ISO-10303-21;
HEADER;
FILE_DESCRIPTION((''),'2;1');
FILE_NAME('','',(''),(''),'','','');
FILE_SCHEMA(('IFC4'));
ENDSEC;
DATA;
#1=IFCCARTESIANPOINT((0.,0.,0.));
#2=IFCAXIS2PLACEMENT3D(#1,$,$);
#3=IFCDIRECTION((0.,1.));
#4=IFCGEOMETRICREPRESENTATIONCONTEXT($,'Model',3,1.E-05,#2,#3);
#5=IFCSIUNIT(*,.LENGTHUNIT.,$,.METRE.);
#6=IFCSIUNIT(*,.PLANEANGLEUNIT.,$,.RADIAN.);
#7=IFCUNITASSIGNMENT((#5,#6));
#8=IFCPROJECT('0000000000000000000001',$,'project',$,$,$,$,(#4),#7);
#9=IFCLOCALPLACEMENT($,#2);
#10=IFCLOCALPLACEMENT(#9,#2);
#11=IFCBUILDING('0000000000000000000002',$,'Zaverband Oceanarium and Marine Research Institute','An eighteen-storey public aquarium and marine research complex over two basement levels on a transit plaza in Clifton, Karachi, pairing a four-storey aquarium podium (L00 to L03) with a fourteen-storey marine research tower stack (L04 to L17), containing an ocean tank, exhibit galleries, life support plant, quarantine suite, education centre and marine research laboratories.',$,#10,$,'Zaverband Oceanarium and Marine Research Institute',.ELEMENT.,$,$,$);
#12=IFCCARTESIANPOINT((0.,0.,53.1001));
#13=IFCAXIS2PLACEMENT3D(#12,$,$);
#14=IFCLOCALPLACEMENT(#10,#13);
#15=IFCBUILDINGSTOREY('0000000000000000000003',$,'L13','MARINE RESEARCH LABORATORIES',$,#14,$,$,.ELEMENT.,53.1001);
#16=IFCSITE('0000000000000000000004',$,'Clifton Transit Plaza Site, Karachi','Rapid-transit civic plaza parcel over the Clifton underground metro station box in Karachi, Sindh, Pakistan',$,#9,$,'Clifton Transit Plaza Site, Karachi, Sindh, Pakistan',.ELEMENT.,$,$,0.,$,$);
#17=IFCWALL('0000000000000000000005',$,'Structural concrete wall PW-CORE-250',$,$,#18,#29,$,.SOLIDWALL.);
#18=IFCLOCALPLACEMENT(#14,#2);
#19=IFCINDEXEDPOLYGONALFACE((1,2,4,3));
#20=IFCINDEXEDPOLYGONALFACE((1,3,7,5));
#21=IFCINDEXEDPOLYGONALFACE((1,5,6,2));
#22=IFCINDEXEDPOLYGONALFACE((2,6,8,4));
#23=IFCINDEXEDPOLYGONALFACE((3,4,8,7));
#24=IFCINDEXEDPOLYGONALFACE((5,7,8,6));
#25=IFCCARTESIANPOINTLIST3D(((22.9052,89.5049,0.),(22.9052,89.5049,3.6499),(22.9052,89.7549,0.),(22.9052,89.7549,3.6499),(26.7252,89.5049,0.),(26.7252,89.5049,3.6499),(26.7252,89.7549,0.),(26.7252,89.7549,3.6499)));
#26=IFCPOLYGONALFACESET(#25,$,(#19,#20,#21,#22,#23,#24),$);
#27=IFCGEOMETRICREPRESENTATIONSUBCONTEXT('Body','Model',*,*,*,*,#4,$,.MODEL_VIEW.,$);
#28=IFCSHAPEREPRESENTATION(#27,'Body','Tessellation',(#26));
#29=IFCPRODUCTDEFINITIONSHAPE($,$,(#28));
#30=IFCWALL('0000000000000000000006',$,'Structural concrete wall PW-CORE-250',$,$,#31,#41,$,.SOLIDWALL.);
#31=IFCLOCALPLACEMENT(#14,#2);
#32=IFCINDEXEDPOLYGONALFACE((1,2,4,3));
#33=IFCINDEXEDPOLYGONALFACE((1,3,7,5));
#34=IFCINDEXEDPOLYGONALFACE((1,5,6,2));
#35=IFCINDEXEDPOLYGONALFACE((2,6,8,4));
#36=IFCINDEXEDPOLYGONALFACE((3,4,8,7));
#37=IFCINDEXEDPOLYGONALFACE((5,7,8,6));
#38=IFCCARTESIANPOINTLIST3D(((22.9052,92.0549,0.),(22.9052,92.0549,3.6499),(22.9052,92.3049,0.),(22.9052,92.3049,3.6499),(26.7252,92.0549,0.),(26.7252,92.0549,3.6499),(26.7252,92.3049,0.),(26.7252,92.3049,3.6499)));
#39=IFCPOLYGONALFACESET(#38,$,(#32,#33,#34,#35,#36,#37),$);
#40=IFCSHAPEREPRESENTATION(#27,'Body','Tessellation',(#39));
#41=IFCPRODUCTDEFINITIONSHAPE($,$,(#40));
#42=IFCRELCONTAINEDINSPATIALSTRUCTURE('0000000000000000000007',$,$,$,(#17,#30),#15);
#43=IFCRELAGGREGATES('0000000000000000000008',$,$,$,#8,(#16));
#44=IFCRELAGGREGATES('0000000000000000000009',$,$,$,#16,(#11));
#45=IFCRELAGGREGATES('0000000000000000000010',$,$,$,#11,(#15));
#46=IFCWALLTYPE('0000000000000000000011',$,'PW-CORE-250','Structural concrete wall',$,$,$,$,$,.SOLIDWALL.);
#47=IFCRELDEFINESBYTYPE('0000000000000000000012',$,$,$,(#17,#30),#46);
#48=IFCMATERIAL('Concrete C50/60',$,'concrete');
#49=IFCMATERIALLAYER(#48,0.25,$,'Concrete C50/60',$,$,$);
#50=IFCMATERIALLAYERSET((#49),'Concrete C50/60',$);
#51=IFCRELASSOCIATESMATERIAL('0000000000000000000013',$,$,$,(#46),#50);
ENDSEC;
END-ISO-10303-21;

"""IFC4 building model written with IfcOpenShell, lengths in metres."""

from ifc_helpers import new_model, si_unit, direction, frame, frame_2d, origin, place, context, subcontext, project, spatial, rectangle, extrude, material, layer, layer_set, type_object, element, save


model = new_model("IFC4")

# Units and contexts
model_context = context("Model", 3, precision=1e-05, world=origin(), true_north=direction((0.0, 1.0)))
body_context = subcontext(model_context, "Body", "Model", "MODEL_VIEW")
ifc_project = project(units=[si_unit("LENGTHUNIT", "METRE"), si_unit("PLANEANGLEUNIT", "RADIAN")], contexts=[model_context])

# Site, building, storey
site_placement = place(None, origin())
site = spatial("IfcSite", under=ifc_project, at=site_placement, Name="Clifton Transit Plaza Site, Karachi", Description="Rapid-transit civic plaza parcel over the Clifton underground metro station box in Karachi, Sindh, Pakistan", LongName="Clifton Transit Plaza Site, Karachi, Sindh, Pakistan", CompositionType="ELEMENT", RefElevation=0.0)
building_placement = place(site_placement, origin())
building = spatial("IfcBuilding", under=site, at=building_placement, Name="Zaverband Oceanarium and Marine Research Institute", Description="An eighteen-storey public aquarium and marine research complex over two basement levels on a transit plaza in Clifton, Karachi, pairing a four-storey aquarium podium (L00 to L03) with a fourteen-storey marine research tower stack (L04 to L17), containing an ocean tank, exhibit galleries, life support plant, quarantine suite, education centre and marine research laboratories.", LongName="Zaverband Oceanarium and Marine Research Institute", CompositionType="ELEMENT")
storey_placement = place(building_placement, frame((0.0, 0.0, 53.1001)))
storey = spatial("IfcBuildingStorey", under=building, at=storey_placement, Name="L13", Description="MARINE RESEARCH LABORATORIES", CompositionType="ELEMENT", Elevation=53.1001)

# Shared definitions
ifc_material_1 = material(Name="Concrete C50/60", Category="concrete")

# Walls
ifc_layer_1 = layer(ifc_material_1, 0.25, Name="Concrete C50/60")
ifc_layer_set_1 = layer_set([ifc_layer_1], Name="Concrete C50/60")
wall_type_1 = type_object("IfcWallType", Name="PW-CORE-250", Description="Structural concrete wall", PredefinedType="SOLIDWALL", material=ifc_layer_set_1)
for number, where, z_axis, x_axis, name in (
    (1, (22.905, 89.6299, 0.0), (0.0, 0.0, 1.0), (1.0, 0.0, 0.0), "Structural concrete wall PW-CORE-250"),
    (2, (22.905, 92.1799, 0.0), (0.0, 0.0, 1.0), (1.0, 0.0, 0.0), "Structural concrete wall PW-CORE-250"),
):
    element("IfcWall", number, at=place(storey_placement, frame(where, z_axis=z_axis, x_axis=x_axis)), inside=storey, type_object=wall_type_1, Name=name, PredefinedType="SOLIDWALL", context=body_context, shape_type="SweptSolid", body=[
        extrude(rectangle(XDim=3.8201, YDim=0.25, at=frame_2d((1.9102, 0.0))), origin(), (0.0, 0.0, 1.0), 3.6499),
    ])

save(model, "model.ifc")
